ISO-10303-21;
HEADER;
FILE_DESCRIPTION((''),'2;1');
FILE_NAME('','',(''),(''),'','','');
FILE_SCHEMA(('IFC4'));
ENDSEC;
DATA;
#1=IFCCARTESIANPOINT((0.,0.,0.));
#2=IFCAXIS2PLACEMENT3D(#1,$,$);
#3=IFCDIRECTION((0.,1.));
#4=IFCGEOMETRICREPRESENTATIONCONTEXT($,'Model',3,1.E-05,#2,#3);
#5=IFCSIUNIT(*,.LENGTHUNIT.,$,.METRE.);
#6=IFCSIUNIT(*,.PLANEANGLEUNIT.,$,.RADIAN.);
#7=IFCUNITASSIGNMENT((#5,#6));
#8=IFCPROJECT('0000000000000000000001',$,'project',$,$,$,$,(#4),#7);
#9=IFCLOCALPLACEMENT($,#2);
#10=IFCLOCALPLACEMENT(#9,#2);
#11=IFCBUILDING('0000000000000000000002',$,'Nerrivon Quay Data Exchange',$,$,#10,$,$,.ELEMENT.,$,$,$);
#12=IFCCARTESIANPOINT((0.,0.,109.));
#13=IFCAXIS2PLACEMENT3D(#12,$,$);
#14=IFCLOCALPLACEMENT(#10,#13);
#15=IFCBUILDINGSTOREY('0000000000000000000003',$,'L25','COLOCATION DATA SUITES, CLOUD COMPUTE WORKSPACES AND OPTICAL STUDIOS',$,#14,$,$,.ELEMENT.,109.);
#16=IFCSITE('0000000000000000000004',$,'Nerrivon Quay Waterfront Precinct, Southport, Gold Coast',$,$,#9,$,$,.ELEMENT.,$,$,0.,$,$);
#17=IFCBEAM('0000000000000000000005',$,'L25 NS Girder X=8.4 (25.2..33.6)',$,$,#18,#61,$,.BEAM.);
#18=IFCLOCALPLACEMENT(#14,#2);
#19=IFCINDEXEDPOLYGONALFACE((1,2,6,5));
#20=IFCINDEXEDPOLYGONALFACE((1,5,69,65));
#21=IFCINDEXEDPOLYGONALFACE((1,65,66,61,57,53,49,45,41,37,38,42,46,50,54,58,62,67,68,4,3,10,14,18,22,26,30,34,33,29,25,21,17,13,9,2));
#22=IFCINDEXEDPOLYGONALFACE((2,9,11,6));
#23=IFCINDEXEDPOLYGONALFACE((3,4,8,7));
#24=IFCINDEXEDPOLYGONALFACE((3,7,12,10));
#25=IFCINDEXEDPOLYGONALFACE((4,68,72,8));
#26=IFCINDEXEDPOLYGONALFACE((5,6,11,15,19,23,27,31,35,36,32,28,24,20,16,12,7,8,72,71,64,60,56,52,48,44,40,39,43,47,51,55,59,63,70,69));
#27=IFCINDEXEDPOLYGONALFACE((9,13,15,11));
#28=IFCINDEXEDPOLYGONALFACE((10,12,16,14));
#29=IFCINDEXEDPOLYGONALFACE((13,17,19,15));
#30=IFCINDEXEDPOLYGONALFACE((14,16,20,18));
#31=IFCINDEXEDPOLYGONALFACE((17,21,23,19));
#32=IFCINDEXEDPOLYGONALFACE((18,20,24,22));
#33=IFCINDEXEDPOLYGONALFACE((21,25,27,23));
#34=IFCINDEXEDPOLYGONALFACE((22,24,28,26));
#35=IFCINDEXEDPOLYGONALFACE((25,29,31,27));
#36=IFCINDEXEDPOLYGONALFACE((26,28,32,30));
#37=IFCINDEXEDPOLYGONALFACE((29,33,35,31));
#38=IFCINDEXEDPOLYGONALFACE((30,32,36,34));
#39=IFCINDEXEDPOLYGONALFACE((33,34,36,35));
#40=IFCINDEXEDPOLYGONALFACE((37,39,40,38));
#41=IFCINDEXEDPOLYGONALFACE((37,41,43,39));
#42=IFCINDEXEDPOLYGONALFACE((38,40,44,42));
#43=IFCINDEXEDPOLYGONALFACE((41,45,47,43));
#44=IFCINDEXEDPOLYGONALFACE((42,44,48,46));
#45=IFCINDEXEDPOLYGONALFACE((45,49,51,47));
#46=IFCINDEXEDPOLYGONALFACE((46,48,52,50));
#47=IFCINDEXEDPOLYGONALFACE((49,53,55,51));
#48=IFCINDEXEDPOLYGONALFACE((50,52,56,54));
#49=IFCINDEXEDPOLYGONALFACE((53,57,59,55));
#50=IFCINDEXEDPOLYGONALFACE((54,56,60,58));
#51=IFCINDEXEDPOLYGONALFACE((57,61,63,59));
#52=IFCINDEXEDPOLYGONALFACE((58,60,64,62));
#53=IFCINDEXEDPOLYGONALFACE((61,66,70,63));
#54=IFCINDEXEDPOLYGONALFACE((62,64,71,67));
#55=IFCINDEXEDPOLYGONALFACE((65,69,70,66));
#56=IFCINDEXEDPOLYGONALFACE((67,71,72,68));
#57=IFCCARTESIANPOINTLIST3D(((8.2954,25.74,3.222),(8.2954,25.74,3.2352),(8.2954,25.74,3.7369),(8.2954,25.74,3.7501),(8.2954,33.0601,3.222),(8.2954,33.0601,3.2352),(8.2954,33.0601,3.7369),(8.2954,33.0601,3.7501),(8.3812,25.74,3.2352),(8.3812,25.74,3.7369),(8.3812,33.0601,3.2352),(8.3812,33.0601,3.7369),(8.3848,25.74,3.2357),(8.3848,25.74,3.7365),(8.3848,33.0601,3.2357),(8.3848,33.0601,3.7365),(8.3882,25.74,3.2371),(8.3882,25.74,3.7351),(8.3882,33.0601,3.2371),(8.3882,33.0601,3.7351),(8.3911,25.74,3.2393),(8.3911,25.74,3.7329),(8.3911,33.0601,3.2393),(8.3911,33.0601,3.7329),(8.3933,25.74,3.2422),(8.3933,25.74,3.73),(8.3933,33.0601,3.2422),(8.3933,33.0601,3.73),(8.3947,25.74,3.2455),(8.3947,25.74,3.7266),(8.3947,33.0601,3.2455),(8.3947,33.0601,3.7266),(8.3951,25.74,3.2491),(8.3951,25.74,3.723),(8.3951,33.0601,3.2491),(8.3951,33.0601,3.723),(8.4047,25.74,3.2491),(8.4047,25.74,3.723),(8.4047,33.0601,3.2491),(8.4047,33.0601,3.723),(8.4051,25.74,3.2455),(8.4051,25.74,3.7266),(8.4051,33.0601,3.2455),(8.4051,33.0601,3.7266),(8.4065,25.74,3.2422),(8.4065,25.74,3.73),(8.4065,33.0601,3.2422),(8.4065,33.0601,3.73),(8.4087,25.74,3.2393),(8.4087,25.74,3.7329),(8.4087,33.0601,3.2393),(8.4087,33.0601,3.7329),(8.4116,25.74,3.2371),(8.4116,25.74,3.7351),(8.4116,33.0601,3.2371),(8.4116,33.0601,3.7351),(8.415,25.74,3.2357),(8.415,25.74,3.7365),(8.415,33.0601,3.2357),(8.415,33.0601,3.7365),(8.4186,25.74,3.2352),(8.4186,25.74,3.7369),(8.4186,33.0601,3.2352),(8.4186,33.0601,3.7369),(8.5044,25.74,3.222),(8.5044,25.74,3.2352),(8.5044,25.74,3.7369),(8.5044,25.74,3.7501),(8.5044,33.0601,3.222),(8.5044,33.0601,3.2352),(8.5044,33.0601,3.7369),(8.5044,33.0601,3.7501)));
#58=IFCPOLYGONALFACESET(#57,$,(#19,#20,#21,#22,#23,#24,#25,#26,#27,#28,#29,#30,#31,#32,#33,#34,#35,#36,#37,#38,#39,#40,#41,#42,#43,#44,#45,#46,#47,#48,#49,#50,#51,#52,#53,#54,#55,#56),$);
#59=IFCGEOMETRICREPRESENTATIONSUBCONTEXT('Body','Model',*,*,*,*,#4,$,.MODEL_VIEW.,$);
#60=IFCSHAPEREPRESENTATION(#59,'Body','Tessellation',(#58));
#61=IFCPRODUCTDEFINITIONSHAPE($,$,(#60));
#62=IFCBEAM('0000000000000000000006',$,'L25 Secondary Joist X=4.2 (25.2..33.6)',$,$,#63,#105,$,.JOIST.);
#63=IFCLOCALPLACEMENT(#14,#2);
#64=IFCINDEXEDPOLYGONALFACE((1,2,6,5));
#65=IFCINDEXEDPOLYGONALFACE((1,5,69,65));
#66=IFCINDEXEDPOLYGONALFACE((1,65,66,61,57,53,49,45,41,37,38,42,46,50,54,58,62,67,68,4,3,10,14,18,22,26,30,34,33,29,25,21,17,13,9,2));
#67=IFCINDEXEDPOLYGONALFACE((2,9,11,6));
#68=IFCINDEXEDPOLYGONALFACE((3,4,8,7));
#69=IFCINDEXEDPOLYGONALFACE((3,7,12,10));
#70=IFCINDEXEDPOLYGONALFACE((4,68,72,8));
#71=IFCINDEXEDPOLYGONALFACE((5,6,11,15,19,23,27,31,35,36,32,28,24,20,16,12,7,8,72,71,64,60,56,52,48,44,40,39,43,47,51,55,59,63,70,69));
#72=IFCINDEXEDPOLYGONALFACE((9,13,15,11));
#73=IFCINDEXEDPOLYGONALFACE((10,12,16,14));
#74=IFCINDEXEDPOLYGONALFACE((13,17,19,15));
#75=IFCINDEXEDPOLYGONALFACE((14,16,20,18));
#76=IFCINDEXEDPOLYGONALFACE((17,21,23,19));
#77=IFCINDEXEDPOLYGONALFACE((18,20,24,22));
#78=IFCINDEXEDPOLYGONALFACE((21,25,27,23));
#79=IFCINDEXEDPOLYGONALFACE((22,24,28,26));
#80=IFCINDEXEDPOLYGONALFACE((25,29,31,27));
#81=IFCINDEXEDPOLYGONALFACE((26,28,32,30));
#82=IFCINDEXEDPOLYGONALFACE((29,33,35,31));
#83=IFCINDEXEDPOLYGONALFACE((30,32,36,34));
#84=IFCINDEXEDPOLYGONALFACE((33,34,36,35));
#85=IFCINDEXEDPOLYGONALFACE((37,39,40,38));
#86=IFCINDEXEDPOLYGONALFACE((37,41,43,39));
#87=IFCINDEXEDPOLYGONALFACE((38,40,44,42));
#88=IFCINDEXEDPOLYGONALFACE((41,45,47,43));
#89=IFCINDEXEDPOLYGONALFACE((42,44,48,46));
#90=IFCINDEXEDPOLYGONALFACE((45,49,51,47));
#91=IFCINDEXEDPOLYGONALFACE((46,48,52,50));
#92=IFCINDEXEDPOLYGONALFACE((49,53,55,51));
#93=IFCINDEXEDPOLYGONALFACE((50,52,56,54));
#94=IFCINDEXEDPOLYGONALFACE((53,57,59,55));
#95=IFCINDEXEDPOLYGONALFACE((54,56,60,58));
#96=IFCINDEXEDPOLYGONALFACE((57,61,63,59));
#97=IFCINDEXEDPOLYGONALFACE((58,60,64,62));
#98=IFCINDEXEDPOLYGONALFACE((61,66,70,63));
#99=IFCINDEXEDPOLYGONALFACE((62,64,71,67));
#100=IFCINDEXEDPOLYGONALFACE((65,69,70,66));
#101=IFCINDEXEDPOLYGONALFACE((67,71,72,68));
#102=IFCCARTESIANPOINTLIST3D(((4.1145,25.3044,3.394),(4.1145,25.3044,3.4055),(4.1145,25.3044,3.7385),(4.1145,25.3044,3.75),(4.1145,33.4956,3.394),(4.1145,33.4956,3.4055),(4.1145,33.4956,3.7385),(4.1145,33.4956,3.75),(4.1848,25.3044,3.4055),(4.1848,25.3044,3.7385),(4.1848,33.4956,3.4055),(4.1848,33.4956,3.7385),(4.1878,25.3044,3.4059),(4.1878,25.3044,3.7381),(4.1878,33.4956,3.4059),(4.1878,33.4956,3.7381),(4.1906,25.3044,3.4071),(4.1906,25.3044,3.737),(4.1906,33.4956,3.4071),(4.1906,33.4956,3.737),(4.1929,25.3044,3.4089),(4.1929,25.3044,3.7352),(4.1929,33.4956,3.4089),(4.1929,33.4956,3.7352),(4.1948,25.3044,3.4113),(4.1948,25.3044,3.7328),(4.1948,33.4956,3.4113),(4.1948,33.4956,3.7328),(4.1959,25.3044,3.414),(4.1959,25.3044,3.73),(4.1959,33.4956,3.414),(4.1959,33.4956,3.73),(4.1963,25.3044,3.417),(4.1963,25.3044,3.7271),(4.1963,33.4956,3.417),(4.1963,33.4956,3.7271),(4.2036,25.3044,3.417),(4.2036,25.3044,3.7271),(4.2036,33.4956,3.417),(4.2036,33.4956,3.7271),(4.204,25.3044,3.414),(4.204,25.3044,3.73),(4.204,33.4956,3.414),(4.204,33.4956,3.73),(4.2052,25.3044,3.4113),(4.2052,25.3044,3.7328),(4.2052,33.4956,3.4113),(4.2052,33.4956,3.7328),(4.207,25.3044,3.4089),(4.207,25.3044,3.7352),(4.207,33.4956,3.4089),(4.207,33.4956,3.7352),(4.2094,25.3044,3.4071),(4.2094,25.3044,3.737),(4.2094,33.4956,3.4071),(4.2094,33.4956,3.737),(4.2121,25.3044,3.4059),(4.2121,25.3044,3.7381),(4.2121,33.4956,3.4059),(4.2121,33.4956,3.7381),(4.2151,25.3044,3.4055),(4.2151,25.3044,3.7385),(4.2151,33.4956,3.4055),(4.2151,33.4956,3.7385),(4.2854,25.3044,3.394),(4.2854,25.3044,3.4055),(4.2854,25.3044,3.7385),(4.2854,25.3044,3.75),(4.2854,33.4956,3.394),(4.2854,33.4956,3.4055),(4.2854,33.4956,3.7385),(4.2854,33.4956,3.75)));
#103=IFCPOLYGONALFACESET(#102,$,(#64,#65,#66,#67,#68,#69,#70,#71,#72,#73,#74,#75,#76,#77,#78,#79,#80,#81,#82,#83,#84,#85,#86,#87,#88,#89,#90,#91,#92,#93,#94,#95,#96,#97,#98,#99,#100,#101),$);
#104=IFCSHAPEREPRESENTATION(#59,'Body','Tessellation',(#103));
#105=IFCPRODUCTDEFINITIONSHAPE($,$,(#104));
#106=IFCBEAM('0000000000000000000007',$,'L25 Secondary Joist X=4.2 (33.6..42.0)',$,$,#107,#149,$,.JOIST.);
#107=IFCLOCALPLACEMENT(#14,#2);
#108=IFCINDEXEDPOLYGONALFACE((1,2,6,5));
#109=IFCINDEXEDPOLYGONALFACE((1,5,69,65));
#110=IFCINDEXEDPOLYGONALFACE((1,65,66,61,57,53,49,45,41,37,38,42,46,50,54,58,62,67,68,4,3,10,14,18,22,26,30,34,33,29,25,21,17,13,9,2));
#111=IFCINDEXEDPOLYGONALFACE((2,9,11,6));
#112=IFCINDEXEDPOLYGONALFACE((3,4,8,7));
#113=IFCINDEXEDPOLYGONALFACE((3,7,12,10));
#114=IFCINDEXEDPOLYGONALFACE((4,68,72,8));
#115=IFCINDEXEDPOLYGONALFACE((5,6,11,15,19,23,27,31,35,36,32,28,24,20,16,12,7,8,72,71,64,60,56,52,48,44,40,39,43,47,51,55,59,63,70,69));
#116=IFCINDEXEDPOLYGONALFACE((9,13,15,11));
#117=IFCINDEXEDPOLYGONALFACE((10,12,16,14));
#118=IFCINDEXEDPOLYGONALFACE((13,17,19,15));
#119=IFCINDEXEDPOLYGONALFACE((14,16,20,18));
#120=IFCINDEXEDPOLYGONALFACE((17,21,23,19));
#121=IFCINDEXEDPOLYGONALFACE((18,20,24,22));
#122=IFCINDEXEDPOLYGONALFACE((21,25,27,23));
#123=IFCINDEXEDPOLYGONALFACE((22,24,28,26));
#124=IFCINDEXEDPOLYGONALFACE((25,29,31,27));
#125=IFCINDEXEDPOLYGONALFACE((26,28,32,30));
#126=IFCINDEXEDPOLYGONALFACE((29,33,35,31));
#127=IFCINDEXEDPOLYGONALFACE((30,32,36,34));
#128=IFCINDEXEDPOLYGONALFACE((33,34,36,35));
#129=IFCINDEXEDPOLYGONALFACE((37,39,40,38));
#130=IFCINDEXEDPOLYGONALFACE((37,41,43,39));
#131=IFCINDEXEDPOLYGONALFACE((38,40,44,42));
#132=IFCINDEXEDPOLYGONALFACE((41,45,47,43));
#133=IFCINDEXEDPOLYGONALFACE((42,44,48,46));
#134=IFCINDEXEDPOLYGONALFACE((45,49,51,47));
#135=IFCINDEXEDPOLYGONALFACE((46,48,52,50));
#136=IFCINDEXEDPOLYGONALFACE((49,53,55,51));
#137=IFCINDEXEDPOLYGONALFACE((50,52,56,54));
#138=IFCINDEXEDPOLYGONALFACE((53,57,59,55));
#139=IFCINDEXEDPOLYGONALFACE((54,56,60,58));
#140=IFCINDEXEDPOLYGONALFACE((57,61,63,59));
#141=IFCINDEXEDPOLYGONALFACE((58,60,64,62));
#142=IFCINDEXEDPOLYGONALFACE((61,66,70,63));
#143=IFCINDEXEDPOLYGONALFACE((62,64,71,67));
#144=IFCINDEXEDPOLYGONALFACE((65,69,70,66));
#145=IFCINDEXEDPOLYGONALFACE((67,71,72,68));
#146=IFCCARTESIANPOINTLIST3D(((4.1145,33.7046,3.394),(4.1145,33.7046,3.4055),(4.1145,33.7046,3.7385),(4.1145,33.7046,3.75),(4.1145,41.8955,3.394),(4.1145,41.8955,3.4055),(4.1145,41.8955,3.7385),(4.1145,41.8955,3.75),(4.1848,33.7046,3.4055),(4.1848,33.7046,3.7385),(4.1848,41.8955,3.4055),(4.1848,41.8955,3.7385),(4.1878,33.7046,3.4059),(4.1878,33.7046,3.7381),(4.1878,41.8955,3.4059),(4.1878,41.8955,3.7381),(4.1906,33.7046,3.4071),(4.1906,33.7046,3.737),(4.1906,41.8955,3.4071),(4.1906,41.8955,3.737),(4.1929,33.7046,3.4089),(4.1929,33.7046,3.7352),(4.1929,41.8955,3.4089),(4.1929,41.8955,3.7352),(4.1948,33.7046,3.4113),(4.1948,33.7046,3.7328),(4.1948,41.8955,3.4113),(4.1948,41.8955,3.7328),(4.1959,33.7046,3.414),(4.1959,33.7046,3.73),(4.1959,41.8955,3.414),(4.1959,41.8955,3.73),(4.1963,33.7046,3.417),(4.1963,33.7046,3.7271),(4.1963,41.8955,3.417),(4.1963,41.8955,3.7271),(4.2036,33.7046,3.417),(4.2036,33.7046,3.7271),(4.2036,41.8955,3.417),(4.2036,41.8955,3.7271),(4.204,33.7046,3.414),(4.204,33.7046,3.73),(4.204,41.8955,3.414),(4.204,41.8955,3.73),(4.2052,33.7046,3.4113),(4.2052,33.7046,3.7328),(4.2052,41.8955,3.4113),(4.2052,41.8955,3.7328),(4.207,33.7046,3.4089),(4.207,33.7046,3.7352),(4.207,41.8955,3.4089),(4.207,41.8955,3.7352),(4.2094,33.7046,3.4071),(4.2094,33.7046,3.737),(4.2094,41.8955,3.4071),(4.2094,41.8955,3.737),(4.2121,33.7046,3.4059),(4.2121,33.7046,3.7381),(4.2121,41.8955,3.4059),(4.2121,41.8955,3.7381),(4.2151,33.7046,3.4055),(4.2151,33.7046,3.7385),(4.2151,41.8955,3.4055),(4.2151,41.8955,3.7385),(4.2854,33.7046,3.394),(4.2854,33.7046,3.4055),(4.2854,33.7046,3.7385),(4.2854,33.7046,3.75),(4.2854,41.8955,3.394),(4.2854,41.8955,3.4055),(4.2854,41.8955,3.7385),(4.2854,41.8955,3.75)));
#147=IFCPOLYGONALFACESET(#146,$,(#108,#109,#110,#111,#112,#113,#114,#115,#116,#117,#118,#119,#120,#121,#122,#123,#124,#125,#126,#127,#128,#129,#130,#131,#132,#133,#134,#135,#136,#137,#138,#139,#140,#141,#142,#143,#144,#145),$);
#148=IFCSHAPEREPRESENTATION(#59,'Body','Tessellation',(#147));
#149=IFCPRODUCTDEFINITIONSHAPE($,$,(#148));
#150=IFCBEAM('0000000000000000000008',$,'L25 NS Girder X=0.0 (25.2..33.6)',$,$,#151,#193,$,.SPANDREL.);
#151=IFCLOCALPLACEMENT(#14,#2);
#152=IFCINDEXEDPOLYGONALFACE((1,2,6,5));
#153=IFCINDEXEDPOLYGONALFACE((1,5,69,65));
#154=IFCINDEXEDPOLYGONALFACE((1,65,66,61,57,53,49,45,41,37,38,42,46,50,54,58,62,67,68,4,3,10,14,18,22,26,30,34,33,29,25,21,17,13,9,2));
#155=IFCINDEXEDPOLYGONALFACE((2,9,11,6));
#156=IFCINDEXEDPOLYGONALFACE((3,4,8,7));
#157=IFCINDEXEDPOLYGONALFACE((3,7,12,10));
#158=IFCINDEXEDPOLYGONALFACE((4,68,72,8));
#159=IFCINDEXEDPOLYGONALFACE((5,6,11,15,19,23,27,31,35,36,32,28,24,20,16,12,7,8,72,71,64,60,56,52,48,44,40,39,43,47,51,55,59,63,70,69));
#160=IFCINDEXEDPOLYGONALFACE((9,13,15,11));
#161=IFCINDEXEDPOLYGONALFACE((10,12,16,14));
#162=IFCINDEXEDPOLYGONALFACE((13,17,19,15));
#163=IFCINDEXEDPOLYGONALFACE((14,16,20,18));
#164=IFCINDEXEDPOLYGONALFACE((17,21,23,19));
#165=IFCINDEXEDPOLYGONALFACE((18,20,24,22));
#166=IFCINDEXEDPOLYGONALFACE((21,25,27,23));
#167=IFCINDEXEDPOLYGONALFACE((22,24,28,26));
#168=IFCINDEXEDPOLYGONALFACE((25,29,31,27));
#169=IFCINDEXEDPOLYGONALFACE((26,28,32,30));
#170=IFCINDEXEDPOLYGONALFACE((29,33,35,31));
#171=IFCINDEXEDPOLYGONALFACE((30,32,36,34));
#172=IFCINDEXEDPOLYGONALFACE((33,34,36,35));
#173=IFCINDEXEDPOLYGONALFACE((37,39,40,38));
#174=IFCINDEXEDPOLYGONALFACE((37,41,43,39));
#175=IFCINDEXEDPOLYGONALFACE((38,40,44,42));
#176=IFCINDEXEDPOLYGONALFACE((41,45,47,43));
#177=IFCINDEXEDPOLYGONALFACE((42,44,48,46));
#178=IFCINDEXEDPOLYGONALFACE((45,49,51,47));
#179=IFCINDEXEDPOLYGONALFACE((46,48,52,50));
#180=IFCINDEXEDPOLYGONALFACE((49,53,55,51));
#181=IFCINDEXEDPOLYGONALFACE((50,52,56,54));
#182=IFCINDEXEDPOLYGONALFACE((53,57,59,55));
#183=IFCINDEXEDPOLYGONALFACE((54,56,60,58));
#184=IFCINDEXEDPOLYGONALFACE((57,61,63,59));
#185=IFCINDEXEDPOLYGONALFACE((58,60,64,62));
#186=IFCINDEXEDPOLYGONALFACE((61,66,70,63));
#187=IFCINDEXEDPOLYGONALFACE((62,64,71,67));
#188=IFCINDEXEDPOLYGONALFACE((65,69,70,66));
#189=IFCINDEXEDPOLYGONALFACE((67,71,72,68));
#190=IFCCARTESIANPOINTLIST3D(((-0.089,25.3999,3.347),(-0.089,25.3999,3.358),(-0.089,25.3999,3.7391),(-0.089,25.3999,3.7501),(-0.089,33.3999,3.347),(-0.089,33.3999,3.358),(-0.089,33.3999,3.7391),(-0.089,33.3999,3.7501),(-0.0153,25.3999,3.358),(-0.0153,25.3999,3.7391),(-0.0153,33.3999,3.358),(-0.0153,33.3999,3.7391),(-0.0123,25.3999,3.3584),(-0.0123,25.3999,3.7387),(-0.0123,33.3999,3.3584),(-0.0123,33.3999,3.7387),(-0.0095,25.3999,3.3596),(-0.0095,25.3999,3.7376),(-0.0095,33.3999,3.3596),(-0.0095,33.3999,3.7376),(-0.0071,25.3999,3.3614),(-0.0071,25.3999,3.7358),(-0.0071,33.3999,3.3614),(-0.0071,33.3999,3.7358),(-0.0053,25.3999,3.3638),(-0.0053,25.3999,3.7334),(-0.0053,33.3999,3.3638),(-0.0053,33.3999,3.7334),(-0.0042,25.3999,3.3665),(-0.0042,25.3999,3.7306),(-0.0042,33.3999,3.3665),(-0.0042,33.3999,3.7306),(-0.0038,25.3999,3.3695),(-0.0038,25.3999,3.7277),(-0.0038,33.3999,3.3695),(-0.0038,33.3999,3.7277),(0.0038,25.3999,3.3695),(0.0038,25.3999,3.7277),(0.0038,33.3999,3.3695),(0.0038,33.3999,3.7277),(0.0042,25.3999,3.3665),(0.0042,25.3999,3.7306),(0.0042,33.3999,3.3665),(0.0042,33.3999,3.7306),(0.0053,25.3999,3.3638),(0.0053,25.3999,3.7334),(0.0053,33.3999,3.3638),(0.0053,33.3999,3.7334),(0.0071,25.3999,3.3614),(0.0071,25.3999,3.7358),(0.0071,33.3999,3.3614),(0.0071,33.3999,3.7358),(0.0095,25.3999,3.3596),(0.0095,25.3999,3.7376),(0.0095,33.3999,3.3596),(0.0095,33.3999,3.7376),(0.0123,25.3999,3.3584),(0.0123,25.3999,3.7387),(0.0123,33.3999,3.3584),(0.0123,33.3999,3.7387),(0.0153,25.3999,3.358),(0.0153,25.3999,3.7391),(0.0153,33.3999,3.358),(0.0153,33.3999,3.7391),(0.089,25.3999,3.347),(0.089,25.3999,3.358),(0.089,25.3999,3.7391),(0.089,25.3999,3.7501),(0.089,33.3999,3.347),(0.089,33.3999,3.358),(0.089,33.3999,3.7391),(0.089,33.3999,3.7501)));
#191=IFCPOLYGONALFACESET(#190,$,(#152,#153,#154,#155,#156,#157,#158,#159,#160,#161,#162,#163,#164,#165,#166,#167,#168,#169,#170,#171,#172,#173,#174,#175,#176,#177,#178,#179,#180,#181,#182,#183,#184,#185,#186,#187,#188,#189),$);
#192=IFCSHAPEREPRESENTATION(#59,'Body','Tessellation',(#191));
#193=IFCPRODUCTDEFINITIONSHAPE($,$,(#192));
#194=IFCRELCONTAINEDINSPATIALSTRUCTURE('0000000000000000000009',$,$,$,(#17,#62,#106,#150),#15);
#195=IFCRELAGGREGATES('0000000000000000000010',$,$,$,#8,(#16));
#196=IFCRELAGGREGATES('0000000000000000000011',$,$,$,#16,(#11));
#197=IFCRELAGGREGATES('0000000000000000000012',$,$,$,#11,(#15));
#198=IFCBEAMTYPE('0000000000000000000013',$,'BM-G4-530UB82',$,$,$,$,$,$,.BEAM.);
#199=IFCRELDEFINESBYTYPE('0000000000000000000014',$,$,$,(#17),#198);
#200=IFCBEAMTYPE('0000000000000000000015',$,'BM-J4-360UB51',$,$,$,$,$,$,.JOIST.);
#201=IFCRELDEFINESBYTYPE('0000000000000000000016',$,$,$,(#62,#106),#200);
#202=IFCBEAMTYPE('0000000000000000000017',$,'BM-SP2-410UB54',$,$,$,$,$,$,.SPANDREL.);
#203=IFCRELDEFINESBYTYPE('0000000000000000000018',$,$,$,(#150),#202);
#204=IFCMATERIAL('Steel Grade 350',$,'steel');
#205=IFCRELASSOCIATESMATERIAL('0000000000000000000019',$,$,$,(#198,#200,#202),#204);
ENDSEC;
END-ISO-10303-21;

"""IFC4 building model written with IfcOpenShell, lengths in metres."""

from ifc_helpers import new_model, si_unit, direction, frame, origin, origin_2d, place, context, subcontext, project, spatial, i_section, extrude, material, material_profile, profile_set, type_object, element, save


model = new_model("IFC4")

# Units and contexts
model_context = context("Model", 3, precision=1e-05, world=origin(), true_north=direction((0.0, 1.0)))
body_context = subcontext(model_context, "Body", "Model", "MODEL_VIEW")
ifc_project = project(units=[si_unit("LENGTHUNIT", "METRE"), si_unit("PLANEANGLEUNIT", "RADIAN")], contexts=[model_context])

# Site, building, storey
site_placement = place(None, origin())
site = spatial("IfcSite", under=ifc_project, at=site_placement, Name="Nerrivon Quay Waterfront Precinct, Southport, Gold Coast", CompositionType="ELEMENT", RefElevation=0.0)
building_placement = place(site_placement, origin())
building = spatial("IfcBuilding", under=site, at=building_placement, Name="Nerrivon Quay Data Exchange", CompositionType="ELEMENT")
storey_placement = place(building_placement, frame((0.0, 0.0, 109.0)))
storey = spatial("IfcBuildingStorey", under=building, at=storey_placement, Name="L25", Description="COLOCATION DATA SUITES, CLOUD COMPUTE WORKSPACES AND OPTICAL STUDIOS", CompositionType="ELEMENT", Elevation=109.0)

# Shared definitions
ifc_material_1 = material(Name="Steel Grade 350", Category="steel")

# Beams
ifc_material_profile_1 = material_profile(ifc_material_1, i_section(OverallWidth=0.209, OverallDepth=0.5281, WebThickness=0.0095, FlangeThickness=0.0132, FilletRadius=0.0139, at=origin_2d()), Name="530UB82.0")
ifc_profile_set_1 = profile_set([ifc_material_profile_1], Name="Steel Grade 350")
beam_type_1 = type_object("IfcBeamType", Name="BM-G4-530UB82", PredefinedType="BEAM", material=ifc_profile_set_1)
beam_1_placement = place(storey_placement, frame((8.3999, 25.74, 3.4861), z_axis=(0.0, 1.0, 0.0), x_axis=(-1.0, 0.0, 0.0)))
element("IfcBeam", 1, at=beam_1_placement, inside=storey, type_object=beam_type_1, Name="L25 NS Girder X=8.4 (25.2..33.6)", PredefinedType="BEAM", context=body_context, shape_type="SweptSolid", body=[
    extrude(i_section(OverallWidth=0.209, OverallDepth=0.5281, WebThickness=0.0095, FlangeThickness=0.0132, FilletRadius=0.0139, at=origin_2d()), origin(), (0.0, 0.0, 1.0), 7.3201),
])
ifc_material_profile_2 = material_profile(ifc_material_1, i_section(OverallWidth=0.1709, OverallDepth=0.356, WebThickness=0.0073, FlangeThickness=0.0115, FilletRadius=0.0115, at=origin_2d()), Name="360UB50.7")
ifc_profile_set_2 = profile_set([ifc_material_profile_2], Name="Steel Grade 350")
beam_type_2 = type_object("IfcBeamType", Name="BM-J4-360UB51", PredefinedType="JOIST", material=ifc_profile_set_2)
beam_2_placement = place(storey_placement, frame((4.2, 25.3044, 3.572), z_axis=(0.0, 1.0, 0.0), x_axis=(-1.0, 0.0, 0.0)))
element("IfcBeam", 2, at=beam_2_placement, inside=storey, type_object=beam_type_2, Name="L25 Secondary Joist X=4.2 (25.2..33.6)", PredefinedType="JOIST", context=body_context, shape_type="SweptSolid", body=[
    extrude(i_section(OverallWidth=0.1709, OverallDepth=0.356, WebThickness=0.0073, FlangeThickness=0.0115, FilletRadius=0.0115, at=origin_2d()), origin(), (0.0, 0.0, 1.0), 8.1912),
])
beam_3_placement = place(storey_placement, frame((4.2, 33.7046, 3.572), z_axis=(0.0, 1.0, 0.0), x_axis=(-1.0, 0.0, 0.0)))
element("IfcBeam", 3, at=beam_3_placement, inside=storey, type_object=beam_type_2, Name="L25 Secondary Joist X=4.2 (33.6..42.0)", PredefinedType="JOIST", context=body_context, shape_type="SweptSolid", body=[
    extrude(i_section(OverallWidth=0.1709, OverallDepth=0.356, WebThickness=0.0073, FlangeThickness=0.0115, FilletRadius=0.0115, at=origin_2d()), origin(), (0.0, 0.0, 1.0), 8.1909),
])
ifc_material_profile_3 = material_profile(ifc_material_1, i_section(OverallWidth=0.178, OverallDepth=0.4031, WebThickness=0.0076, FlangeThickness=0.011, FilletRadius=0.0115, at=origin_2d()), Name="410UB53.7")
ifc_profile_set_3 = profile_set([ifc_material_profile_3], Name="Steel Grade 350")
beam_type_3 = type_object("IfcBeamType", Name="BM-SP2-410UB54", PredefinedType="SPANDREL", material=ifc_profile_set_3)
for number, where, z_axis, x_axis, name in (
    (4, (0.0, 25.3999, 3.5486), (0.0, 1.0, 0.0), (-1.0, 0.0, 0.0), "L25 NS Girder X=0.0 (25.2..33.6)"),
):
    element("IfcBeam", number, at=place(storey_placement, frame(where, z_axis=z_axis, x_axis=x_axis)), inside=storey, type_object=beam_type_3, Name=name, PredefinedType="SPANDREL", context=body_context, shape_type="SweptSolid", body=[
        extrude(i_section(OverallWidth=0.178, OverallDepth=0.4031, WebThickness=0.0076, FlangeThickness=0.011, FilletRadius=0.0115, at=origin_2d()), origin(), (0.0, 0.0, 1.0), 8.0),
    ])

save(model, "model.ifc")
